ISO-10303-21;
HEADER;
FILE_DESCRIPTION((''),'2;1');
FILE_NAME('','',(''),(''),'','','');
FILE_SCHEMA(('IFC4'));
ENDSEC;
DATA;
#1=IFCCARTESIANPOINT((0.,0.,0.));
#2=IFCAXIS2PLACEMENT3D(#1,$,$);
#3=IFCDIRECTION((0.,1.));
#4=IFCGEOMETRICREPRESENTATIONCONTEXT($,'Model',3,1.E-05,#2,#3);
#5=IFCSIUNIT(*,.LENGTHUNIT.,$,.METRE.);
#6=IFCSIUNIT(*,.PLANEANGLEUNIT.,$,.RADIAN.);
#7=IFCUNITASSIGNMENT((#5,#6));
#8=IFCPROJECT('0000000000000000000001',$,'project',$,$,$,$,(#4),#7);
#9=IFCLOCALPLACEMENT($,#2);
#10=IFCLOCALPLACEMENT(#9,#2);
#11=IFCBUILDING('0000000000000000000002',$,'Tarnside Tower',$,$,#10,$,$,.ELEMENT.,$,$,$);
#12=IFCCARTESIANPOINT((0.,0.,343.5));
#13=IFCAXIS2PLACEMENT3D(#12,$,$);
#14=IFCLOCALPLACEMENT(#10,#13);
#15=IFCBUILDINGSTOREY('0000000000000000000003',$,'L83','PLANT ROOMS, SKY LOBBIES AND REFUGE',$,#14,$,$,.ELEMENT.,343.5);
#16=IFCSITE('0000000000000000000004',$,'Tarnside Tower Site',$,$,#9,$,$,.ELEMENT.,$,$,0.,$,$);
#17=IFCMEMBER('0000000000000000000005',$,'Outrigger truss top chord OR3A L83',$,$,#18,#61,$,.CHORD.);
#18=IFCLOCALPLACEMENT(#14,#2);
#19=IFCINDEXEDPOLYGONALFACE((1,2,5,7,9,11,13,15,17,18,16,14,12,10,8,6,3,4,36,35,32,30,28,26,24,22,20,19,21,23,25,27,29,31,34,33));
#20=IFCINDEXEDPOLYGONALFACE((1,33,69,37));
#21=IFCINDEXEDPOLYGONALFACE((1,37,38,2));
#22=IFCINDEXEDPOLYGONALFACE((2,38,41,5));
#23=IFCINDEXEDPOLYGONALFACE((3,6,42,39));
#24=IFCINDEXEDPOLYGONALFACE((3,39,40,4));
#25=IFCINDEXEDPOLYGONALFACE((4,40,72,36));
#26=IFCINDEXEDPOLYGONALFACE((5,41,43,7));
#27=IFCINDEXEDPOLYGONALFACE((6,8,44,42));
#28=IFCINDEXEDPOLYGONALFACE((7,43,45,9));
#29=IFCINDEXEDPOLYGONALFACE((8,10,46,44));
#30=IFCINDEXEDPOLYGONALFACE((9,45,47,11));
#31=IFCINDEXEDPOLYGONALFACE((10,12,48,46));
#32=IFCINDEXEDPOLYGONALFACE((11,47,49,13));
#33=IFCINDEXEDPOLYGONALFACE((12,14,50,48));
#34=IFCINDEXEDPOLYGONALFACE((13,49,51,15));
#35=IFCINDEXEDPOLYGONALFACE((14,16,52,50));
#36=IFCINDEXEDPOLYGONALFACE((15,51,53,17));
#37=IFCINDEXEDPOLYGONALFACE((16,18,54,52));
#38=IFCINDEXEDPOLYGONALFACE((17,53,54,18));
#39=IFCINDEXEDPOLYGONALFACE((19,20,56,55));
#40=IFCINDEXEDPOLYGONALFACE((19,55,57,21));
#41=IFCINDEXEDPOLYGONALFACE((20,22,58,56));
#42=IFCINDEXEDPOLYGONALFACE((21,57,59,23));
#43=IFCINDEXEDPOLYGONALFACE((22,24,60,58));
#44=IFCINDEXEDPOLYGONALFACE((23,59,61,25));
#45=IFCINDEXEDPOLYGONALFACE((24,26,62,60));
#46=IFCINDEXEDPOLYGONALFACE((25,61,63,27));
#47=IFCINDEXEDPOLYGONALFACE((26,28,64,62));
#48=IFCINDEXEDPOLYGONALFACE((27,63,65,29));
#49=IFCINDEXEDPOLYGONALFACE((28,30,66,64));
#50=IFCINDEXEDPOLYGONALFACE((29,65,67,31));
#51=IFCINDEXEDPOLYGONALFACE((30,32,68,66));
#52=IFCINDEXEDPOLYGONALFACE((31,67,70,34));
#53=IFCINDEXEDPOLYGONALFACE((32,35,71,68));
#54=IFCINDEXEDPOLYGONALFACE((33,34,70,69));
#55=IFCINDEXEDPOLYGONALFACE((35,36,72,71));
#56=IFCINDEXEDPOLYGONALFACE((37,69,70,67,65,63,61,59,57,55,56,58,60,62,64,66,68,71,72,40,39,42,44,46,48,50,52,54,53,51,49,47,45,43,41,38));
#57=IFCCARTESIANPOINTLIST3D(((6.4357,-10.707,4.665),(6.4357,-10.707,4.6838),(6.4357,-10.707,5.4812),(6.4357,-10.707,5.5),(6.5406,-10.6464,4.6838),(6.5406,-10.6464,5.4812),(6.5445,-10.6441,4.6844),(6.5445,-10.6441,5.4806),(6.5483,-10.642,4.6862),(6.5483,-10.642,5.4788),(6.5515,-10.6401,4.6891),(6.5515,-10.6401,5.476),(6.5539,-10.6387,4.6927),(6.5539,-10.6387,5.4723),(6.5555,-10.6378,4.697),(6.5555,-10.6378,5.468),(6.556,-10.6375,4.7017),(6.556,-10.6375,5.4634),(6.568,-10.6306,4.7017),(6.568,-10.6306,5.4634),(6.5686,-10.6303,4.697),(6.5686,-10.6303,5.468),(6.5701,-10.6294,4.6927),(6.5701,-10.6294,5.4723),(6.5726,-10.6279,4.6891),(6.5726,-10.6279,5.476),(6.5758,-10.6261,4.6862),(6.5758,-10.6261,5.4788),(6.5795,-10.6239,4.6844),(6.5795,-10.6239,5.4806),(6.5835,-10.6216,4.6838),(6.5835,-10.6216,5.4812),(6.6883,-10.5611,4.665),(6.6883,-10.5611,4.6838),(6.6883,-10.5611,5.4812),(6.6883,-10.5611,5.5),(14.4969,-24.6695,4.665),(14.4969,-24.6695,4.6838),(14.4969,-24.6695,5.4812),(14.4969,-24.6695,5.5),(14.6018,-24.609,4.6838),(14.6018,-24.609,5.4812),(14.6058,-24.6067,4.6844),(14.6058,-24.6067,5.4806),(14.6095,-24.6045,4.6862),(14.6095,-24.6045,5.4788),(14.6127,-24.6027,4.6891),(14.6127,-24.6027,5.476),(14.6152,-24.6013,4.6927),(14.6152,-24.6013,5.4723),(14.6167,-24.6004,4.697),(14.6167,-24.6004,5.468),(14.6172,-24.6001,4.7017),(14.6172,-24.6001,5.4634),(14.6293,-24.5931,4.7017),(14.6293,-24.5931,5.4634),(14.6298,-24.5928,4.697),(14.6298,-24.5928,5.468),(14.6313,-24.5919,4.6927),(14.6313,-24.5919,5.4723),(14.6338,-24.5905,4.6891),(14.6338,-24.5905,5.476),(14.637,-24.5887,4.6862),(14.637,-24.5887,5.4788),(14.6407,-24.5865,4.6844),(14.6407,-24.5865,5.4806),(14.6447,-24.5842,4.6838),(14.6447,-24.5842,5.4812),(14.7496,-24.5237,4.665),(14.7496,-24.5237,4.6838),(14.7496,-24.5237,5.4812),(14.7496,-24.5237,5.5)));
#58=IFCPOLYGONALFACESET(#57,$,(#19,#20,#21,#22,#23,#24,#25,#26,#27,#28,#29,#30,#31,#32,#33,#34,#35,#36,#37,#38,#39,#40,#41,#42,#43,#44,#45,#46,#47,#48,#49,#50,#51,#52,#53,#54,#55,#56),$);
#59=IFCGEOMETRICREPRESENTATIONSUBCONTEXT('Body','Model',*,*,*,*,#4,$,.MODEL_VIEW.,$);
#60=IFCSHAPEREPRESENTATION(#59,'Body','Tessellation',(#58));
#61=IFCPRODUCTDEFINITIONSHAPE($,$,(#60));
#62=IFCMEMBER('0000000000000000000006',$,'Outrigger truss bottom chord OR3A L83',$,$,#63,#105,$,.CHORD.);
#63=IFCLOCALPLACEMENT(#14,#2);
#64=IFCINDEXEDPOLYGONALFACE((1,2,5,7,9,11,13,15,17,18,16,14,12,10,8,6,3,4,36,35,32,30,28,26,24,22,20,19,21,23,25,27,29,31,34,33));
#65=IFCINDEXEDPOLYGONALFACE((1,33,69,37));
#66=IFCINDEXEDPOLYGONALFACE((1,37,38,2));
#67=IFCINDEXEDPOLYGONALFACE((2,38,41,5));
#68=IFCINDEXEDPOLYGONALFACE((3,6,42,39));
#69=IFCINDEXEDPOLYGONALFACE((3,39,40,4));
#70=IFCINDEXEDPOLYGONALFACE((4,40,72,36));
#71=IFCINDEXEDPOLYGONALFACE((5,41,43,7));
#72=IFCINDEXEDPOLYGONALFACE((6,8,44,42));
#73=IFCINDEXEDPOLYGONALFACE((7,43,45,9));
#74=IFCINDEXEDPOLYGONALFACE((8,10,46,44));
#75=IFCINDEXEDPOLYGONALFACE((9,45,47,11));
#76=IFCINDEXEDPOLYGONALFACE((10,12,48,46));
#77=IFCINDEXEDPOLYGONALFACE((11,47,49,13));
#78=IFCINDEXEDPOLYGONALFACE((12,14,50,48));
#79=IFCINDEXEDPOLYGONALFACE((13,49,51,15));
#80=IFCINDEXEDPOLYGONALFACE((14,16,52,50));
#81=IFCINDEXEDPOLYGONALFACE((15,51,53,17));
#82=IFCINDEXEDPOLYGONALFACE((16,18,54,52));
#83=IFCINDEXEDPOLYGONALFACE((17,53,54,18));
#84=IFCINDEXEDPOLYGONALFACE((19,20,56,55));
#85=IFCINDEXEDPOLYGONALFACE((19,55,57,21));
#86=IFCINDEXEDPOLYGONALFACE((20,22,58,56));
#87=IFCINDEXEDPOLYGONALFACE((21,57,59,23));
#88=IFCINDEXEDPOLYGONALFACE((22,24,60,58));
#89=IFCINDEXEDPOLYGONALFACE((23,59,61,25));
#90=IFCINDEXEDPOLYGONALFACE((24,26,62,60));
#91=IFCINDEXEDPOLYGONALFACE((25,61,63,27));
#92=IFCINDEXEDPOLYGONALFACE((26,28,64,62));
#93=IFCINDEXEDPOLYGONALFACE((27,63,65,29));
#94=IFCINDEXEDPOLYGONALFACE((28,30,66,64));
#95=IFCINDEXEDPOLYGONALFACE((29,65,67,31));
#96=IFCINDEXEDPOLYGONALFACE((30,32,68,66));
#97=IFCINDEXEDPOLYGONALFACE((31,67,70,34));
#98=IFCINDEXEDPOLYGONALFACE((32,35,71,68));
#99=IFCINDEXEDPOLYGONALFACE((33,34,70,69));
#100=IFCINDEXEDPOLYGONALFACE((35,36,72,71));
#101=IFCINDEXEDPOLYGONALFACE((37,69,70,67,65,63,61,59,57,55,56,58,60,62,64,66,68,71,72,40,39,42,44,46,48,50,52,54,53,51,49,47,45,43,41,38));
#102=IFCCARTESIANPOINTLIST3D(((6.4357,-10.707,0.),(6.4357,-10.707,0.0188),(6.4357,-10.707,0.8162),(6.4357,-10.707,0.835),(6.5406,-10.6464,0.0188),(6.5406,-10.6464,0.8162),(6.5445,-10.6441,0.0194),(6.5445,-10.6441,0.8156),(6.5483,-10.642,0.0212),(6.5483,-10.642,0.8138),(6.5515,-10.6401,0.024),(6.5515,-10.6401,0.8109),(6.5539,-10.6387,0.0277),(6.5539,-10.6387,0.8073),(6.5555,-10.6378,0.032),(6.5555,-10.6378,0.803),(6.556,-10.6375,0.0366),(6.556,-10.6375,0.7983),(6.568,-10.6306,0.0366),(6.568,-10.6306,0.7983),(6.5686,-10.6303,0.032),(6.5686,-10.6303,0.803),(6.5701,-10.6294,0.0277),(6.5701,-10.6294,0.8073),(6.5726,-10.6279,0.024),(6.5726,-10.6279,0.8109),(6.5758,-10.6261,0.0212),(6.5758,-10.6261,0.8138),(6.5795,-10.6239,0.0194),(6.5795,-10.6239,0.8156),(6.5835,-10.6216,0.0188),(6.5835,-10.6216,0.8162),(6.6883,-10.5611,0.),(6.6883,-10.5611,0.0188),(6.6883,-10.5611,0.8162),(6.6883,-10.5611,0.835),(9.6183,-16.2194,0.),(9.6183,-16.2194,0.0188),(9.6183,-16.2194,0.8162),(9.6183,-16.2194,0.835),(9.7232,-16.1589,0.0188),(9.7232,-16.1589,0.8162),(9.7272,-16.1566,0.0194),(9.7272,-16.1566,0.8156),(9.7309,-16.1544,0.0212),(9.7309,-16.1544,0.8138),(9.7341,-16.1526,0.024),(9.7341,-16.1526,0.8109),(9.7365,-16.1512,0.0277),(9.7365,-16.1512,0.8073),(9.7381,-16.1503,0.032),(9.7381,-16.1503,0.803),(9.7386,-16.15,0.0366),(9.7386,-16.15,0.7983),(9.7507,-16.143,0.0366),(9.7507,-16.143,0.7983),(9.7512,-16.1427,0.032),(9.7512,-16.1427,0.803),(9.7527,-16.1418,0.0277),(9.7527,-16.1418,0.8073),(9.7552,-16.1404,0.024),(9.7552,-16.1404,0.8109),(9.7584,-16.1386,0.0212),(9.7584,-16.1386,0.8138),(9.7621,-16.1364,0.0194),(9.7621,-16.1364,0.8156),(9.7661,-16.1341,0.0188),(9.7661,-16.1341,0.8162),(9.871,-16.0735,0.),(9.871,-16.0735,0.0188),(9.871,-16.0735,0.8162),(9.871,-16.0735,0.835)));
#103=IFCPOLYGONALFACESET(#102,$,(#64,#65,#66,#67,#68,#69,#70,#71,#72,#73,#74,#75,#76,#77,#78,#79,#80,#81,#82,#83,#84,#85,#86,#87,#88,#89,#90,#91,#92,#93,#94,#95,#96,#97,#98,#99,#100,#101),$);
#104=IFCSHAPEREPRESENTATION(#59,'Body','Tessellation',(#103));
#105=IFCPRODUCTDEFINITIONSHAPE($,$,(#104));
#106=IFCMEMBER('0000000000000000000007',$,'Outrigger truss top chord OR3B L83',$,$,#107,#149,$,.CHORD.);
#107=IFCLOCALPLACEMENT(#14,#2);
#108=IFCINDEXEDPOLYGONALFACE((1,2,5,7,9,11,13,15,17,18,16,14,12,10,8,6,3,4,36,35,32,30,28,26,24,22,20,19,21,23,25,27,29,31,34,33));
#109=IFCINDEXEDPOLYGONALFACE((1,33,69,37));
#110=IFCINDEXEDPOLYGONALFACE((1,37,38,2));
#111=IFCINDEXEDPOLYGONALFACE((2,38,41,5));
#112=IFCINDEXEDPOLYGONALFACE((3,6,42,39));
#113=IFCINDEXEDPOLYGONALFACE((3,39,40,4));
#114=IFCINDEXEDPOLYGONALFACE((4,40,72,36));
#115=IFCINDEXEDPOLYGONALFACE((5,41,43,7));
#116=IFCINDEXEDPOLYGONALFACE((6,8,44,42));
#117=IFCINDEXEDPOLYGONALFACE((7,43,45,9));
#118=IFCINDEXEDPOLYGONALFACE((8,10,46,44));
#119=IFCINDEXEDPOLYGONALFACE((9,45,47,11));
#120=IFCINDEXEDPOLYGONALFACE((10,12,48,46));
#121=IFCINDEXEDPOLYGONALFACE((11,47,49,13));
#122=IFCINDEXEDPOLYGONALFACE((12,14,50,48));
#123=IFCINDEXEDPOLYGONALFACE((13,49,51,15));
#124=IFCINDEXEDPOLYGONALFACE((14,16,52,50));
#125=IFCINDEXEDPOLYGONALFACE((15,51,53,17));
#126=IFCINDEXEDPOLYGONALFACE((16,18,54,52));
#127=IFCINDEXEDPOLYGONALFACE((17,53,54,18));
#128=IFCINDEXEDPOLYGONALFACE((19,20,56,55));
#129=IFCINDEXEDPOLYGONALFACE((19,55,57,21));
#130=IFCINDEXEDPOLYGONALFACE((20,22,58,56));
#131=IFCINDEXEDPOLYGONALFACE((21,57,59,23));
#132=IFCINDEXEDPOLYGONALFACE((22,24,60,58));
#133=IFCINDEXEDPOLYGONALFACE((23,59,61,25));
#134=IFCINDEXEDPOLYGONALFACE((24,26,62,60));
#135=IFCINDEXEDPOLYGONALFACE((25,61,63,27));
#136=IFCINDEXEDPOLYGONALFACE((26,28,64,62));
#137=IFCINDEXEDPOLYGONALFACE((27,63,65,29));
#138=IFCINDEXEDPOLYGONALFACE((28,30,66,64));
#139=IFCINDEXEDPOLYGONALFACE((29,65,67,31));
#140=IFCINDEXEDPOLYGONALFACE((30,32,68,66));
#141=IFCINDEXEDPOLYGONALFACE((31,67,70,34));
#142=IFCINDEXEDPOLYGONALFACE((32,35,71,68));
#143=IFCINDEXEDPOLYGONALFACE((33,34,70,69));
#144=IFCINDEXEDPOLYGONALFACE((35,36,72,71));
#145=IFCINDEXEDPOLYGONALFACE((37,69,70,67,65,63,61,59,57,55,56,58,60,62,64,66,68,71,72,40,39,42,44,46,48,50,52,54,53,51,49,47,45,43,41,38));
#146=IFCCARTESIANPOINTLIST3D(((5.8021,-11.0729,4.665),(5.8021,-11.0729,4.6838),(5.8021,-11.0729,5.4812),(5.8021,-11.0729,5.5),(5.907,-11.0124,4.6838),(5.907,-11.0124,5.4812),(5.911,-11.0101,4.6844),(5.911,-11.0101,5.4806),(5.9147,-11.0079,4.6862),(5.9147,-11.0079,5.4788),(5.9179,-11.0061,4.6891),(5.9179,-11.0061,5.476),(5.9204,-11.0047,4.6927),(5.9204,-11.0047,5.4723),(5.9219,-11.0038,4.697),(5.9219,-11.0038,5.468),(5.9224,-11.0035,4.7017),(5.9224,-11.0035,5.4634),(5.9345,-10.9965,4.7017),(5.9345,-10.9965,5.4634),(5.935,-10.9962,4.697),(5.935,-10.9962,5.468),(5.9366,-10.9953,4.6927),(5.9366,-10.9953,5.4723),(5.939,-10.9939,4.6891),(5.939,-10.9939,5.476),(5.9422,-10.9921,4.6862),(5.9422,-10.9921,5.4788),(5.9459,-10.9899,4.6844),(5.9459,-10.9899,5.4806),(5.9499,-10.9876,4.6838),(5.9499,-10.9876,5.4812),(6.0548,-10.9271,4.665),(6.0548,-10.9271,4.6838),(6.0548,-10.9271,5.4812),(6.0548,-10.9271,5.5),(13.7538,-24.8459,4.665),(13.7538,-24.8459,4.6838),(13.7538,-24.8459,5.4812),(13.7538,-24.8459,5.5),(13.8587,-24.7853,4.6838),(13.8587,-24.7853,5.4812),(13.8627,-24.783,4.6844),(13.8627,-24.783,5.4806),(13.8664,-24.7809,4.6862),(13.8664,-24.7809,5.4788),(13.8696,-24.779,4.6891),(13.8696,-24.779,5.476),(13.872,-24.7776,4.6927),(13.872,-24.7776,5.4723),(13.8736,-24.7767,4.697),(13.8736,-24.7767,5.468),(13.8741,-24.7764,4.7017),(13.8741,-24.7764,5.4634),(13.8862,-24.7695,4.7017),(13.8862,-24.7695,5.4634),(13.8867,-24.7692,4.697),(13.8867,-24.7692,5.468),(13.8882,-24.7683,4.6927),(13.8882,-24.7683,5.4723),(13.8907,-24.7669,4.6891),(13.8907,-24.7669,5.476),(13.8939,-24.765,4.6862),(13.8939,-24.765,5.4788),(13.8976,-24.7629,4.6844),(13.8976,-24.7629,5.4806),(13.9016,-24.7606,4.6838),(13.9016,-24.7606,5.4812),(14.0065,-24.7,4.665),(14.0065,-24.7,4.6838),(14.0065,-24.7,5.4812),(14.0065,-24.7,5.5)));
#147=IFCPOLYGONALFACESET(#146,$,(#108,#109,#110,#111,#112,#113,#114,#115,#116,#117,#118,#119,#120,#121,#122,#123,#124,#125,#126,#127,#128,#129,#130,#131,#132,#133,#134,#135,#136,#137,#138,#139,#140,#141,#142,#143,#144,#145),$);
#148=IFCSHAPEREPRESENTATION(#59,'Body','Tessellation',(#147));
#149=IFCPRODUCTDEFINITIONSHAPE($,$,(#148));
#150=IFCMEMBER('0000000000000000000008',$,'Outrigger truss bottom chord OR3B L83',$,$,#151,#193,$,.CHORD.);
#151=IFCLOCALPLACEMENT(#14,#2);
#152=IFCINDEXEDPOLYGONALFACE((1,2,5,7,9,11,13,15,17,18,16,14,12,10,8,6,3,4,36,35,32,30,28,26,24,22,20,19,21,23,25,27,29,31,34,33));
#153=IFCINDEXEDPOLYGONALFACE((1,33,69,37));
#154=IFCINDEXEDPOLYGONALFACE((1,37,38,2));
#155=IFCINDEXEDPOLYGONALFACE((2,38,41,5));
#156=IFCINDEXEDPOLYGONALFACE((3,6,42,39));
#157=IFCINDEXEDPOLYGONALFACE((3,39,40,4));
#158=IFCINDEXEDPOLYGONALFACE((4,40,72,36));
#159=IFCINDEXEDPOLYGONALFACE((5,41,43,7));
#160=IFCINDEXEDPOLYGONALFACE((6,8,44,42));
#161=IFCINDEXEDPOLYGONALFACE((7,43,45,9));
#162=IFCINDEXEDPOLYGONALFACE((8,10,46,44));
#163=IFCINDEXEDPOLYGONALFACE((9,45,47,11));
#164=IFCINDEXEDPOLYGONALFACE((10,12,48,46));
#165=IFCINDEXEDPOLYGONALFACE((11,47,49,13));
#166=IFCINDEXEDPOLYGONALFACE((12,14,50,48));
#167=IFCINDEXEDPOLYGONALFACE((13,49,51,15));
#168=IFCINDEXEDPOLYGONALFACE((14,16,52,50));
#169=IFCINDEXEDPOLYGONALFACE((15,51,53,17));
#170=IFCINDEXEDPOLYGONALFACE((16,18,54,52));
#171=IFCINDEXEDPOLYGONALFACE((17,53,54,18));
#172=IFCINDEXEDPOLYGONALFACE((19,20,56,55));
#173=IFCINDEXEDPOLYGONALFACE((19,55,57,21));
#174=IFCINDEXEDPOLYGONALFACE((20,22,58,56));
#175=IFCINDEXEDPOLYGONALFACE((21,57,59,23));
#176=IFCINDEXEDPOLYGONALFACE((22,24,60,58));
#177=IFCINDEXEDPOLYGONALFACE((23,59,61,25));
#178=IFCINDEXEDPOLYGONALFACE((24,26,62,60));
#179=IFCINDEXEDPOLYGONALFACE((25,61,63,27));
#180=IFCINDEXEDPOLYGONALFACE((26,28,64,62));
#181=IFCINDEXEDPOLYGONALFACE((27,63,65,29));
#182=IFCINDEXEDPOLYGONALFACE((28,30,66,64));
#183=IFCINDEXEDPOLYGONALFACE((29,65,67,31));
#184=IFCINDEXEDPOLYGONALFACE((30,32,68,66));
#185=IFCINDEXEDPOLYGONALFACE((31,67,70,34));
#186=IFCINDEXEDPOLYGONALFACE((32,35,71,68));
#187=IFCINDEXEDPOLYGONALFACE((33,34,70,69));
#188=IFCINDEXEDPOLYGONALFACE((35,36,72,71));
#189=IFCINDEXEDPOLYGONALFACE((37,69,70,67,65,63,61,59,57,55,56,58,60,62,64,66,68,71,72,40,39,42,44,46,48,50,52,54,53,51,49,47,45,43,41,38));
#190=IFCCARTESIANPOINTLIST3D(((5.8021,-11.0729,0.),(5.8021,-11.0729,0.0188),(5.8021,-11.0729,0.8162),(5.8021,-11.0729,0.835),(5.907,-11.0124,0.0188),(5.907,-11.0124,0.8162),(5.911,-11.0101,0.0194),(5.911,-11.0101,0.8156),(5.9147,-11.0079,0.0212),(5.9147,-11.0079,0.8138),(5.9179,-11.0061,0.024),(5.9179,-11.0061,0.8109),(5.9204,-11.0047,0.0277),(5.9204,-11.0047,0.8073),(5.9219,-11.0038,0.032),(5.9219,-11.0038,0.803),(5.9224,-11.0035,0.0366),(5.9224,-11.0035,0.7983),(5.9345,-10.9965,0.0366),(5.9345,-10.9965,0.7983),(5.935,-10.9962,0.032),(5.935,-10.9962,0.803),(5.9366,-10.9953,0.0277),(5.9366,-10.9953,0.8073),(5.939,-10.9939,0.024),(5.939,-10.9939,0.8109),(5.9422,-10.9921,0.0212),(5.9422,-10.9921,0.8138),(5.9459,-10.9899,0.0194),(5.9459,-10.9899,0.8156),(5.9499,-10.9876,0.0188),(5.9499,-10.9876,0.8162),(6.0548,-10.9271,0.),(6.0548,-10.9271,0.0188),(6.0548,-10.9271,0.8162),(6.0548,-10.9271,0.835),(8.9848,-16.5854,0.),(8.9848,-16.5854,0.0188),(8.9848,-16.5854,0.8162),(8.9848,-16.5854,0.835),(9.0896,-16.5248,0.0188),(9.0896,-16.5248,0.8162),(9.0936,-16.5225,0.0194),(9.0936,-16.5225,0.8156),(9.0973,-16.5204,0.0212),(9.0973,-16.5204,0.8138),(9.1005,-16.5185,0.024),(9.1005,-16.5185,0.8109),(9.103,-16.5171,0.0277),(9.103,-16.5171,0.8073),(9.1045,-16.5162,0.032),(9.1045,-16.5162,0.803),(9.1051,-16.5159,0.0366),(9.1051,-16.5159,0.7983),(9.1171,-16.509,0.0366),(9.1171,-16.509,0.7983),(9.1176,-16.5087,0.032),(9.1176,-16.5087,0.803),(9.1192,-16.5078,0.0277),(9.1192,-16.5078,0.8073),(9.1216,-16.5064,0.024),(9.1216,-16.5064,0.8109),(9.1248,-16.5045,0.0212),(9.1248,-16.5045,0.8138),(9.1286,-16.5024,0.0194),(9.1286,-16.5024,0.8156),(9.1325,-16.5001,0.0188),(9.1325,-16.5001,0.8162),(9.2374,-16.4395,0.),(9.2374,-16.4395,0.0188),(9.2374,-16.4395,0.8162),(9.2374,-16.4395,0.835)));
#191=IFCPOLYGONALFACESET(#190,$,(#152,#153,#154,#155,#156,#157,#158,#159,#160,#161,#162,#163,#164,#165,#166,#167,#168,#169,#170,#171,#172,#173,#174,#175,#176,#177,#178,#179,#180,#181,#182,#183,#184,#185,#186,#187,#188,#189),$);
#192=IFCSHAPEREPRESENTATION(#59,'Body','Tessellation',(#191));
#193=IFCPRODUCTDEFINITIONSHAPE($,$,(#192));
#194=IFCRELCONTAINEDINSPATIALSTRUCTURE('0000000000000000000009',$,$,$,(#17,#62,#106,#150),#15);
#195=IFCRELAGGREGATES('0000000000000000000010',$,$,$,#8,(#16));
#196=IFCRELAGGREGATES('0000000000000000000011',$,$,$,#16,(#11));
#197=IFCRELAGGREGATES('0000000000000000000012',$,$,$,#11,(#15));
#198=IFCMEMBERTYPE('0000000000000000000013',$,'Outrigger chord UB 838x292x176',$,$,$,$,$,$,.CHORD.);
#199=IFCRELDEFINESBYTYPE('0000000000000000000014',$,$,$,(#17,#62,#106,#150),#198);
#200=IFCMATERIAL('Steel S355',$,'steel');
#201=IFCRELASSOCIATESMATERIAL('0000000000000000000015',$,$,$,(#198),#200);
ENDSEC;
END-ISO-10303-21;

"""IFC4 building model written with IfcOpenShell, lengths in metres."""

from ifc_helpers import new_model, si_unit, direction, frame, origin, origin_2d, place, context, subcontext, project, spatial, i_section, extrude, material, material_profile, profile_set, type_object, element, save


model = new_model("IFC4")

# Units and contexts
model_context = context("Model", 3, precision=1e-05, world=origin(), true_north=direction((0.0, 1.0)))
body_context = subcontext(model_context, "Body", "Model", "MODEL_VIEW")
ifc_project = project(units=[si_unit("LENGTHUNIT", "METRE"), si_unit("PLANEANGLEUNIT", "RADIAN")], contexts=[model_context])

# Site, building, storey
site_placement = place(None, origin())
site = spatial("IfcSite", under=ifc_project, at=site_placement, Name="Tarnside Tower Site", CompositionType="ELEMENT", RefElevation=0.0)
building_placement = place(site_placement, origin())
building = spatial("IfcBuilding", under=site, at=building_placement, Name="Tarnside Tower", CompositionType="ELEMENT")
storey_placement = place(building_placement, frame((0.0, 0.0, 343.5)))
storey = spatial("IfcBuildingStorey", under=building, at=storey_placement, Name="L83", Description="PLANT ROOMS, SKY LOBBIES AND REFUGE", CompositionType="ELEMENT", Elevation=343.5)

# Members
ifc_material_1 = material(Name="Steel S355", Category="steel")
ifc_material_profile_1 = material_profile(ifc_material_1, i_section(OverallWidth=0.2917, OverallDepth=0.835, WebThickness=0.0139, FlangeThickness=0.0188, FilletRadius=0.0178, at=origin_2d()), Name="UB 838x292x176")
ifc_profile_set_1 = profile_set([ifc_material_profile_1], Name="Steel S355")
member_type_1 = type_object("IfcMemberType", Name="Outrigger chord UB 838x292x176", PredefinedType="CHORD", material=ifc_profile_set_1)
member_1_placement = place(storey_placement, frame((6.562, -10.634, 5.0825), z_axis=(0.499997, -0.866027, 0.0), x_axis=(0.866027, 0.499997, 0.0)))
element("IfcMember", 1, at=member_1_placement, inside=storey, type_object=member_type_1, Name="Outrigger truss top chord OR3A L83", PredefinedType="CHORD", context=body_context, shape_type="SweptSolid", body=[
    extrude(i_section(OverallWidth=0.2917, OverallDepth=0.835, WebThickness=0.0139, FlangeThickness=0.0188, FilletRadius=0.0178, at=origin_2d()), origin(), (0.0, 0.0, 1.0), 16.1226),
])
member_2_placement = place(storey_placement, frame((6.562, -10.634, 0.4175), z_axis=(0.5, -0.866025, 0.0), x_axis=(0.866025, 0.5, 0.0)))
element("IfcMember", 2, at=member_2_placement, inside=storey, type_object=member_type_1, Name="Outrigger truss bottom chord OR3A L83", PredefinedType="CHORD", context=body_context, shape_type="SweptSolid", body=[
    extrude(i_section(OverallWidth=0.2917, OverallDepth=0.835, WebThickness=0.0139, FlangeThickness=0.0188, FilletRadius=0.0178, at=origin_2d()), origin(), (0.0, 0.0, 1.0), 6.3652),
])
member_3_placement = place(storey_placement, frame((5.9285, -11.0, 5.0825), z_axis=(0.499993, -0.86603, 0.0), x_axis=(0.86603, 0.499993, 0.0)))
element("IfcMember", 3, at=member_3_placement, inside=storey, type_object=member_type_1, Name="Outrigger truss top chord OR3B L83", PredefinedType="CHORD", context=body_context, shape_type="SweptSolid", body=[
    extrude(i_section(OverallWidth=0.2917, OverallDepth=0.835, WebThickness=0.0139, FlangeThickness=0.0188, FilletRadius=0.0178, at=origin_2d()), origin(), (0.0, 0.0, 1.0), 15.9036),
])
member_4_placement = place(storey_placement, frame((5.9285, -11.0, 0.4175), z_axis=(0.5, -0.866025, 0.0), x_axis=(0.866025, 0.5, 0.0)))
element("IfcMember", 4, at=member_4_placement, inside=storey, type_object=member_type_1, Name="Outrigger truss bottom chord OR3B L83", PredefinedType="CHORD", context=body_context, shape_type="SweptSolid", body=[
    extrude(i_section(OverallWidth=0.2917, OverallDepth=0.835, WebThickness=0.0139, FlangeThickness=0.0188, FilletRadius=0.0178, at=origin_2d()), origin(), (0.0, 0.0, 1.0), 6.3652),
])

save(model, "model.ifc")
